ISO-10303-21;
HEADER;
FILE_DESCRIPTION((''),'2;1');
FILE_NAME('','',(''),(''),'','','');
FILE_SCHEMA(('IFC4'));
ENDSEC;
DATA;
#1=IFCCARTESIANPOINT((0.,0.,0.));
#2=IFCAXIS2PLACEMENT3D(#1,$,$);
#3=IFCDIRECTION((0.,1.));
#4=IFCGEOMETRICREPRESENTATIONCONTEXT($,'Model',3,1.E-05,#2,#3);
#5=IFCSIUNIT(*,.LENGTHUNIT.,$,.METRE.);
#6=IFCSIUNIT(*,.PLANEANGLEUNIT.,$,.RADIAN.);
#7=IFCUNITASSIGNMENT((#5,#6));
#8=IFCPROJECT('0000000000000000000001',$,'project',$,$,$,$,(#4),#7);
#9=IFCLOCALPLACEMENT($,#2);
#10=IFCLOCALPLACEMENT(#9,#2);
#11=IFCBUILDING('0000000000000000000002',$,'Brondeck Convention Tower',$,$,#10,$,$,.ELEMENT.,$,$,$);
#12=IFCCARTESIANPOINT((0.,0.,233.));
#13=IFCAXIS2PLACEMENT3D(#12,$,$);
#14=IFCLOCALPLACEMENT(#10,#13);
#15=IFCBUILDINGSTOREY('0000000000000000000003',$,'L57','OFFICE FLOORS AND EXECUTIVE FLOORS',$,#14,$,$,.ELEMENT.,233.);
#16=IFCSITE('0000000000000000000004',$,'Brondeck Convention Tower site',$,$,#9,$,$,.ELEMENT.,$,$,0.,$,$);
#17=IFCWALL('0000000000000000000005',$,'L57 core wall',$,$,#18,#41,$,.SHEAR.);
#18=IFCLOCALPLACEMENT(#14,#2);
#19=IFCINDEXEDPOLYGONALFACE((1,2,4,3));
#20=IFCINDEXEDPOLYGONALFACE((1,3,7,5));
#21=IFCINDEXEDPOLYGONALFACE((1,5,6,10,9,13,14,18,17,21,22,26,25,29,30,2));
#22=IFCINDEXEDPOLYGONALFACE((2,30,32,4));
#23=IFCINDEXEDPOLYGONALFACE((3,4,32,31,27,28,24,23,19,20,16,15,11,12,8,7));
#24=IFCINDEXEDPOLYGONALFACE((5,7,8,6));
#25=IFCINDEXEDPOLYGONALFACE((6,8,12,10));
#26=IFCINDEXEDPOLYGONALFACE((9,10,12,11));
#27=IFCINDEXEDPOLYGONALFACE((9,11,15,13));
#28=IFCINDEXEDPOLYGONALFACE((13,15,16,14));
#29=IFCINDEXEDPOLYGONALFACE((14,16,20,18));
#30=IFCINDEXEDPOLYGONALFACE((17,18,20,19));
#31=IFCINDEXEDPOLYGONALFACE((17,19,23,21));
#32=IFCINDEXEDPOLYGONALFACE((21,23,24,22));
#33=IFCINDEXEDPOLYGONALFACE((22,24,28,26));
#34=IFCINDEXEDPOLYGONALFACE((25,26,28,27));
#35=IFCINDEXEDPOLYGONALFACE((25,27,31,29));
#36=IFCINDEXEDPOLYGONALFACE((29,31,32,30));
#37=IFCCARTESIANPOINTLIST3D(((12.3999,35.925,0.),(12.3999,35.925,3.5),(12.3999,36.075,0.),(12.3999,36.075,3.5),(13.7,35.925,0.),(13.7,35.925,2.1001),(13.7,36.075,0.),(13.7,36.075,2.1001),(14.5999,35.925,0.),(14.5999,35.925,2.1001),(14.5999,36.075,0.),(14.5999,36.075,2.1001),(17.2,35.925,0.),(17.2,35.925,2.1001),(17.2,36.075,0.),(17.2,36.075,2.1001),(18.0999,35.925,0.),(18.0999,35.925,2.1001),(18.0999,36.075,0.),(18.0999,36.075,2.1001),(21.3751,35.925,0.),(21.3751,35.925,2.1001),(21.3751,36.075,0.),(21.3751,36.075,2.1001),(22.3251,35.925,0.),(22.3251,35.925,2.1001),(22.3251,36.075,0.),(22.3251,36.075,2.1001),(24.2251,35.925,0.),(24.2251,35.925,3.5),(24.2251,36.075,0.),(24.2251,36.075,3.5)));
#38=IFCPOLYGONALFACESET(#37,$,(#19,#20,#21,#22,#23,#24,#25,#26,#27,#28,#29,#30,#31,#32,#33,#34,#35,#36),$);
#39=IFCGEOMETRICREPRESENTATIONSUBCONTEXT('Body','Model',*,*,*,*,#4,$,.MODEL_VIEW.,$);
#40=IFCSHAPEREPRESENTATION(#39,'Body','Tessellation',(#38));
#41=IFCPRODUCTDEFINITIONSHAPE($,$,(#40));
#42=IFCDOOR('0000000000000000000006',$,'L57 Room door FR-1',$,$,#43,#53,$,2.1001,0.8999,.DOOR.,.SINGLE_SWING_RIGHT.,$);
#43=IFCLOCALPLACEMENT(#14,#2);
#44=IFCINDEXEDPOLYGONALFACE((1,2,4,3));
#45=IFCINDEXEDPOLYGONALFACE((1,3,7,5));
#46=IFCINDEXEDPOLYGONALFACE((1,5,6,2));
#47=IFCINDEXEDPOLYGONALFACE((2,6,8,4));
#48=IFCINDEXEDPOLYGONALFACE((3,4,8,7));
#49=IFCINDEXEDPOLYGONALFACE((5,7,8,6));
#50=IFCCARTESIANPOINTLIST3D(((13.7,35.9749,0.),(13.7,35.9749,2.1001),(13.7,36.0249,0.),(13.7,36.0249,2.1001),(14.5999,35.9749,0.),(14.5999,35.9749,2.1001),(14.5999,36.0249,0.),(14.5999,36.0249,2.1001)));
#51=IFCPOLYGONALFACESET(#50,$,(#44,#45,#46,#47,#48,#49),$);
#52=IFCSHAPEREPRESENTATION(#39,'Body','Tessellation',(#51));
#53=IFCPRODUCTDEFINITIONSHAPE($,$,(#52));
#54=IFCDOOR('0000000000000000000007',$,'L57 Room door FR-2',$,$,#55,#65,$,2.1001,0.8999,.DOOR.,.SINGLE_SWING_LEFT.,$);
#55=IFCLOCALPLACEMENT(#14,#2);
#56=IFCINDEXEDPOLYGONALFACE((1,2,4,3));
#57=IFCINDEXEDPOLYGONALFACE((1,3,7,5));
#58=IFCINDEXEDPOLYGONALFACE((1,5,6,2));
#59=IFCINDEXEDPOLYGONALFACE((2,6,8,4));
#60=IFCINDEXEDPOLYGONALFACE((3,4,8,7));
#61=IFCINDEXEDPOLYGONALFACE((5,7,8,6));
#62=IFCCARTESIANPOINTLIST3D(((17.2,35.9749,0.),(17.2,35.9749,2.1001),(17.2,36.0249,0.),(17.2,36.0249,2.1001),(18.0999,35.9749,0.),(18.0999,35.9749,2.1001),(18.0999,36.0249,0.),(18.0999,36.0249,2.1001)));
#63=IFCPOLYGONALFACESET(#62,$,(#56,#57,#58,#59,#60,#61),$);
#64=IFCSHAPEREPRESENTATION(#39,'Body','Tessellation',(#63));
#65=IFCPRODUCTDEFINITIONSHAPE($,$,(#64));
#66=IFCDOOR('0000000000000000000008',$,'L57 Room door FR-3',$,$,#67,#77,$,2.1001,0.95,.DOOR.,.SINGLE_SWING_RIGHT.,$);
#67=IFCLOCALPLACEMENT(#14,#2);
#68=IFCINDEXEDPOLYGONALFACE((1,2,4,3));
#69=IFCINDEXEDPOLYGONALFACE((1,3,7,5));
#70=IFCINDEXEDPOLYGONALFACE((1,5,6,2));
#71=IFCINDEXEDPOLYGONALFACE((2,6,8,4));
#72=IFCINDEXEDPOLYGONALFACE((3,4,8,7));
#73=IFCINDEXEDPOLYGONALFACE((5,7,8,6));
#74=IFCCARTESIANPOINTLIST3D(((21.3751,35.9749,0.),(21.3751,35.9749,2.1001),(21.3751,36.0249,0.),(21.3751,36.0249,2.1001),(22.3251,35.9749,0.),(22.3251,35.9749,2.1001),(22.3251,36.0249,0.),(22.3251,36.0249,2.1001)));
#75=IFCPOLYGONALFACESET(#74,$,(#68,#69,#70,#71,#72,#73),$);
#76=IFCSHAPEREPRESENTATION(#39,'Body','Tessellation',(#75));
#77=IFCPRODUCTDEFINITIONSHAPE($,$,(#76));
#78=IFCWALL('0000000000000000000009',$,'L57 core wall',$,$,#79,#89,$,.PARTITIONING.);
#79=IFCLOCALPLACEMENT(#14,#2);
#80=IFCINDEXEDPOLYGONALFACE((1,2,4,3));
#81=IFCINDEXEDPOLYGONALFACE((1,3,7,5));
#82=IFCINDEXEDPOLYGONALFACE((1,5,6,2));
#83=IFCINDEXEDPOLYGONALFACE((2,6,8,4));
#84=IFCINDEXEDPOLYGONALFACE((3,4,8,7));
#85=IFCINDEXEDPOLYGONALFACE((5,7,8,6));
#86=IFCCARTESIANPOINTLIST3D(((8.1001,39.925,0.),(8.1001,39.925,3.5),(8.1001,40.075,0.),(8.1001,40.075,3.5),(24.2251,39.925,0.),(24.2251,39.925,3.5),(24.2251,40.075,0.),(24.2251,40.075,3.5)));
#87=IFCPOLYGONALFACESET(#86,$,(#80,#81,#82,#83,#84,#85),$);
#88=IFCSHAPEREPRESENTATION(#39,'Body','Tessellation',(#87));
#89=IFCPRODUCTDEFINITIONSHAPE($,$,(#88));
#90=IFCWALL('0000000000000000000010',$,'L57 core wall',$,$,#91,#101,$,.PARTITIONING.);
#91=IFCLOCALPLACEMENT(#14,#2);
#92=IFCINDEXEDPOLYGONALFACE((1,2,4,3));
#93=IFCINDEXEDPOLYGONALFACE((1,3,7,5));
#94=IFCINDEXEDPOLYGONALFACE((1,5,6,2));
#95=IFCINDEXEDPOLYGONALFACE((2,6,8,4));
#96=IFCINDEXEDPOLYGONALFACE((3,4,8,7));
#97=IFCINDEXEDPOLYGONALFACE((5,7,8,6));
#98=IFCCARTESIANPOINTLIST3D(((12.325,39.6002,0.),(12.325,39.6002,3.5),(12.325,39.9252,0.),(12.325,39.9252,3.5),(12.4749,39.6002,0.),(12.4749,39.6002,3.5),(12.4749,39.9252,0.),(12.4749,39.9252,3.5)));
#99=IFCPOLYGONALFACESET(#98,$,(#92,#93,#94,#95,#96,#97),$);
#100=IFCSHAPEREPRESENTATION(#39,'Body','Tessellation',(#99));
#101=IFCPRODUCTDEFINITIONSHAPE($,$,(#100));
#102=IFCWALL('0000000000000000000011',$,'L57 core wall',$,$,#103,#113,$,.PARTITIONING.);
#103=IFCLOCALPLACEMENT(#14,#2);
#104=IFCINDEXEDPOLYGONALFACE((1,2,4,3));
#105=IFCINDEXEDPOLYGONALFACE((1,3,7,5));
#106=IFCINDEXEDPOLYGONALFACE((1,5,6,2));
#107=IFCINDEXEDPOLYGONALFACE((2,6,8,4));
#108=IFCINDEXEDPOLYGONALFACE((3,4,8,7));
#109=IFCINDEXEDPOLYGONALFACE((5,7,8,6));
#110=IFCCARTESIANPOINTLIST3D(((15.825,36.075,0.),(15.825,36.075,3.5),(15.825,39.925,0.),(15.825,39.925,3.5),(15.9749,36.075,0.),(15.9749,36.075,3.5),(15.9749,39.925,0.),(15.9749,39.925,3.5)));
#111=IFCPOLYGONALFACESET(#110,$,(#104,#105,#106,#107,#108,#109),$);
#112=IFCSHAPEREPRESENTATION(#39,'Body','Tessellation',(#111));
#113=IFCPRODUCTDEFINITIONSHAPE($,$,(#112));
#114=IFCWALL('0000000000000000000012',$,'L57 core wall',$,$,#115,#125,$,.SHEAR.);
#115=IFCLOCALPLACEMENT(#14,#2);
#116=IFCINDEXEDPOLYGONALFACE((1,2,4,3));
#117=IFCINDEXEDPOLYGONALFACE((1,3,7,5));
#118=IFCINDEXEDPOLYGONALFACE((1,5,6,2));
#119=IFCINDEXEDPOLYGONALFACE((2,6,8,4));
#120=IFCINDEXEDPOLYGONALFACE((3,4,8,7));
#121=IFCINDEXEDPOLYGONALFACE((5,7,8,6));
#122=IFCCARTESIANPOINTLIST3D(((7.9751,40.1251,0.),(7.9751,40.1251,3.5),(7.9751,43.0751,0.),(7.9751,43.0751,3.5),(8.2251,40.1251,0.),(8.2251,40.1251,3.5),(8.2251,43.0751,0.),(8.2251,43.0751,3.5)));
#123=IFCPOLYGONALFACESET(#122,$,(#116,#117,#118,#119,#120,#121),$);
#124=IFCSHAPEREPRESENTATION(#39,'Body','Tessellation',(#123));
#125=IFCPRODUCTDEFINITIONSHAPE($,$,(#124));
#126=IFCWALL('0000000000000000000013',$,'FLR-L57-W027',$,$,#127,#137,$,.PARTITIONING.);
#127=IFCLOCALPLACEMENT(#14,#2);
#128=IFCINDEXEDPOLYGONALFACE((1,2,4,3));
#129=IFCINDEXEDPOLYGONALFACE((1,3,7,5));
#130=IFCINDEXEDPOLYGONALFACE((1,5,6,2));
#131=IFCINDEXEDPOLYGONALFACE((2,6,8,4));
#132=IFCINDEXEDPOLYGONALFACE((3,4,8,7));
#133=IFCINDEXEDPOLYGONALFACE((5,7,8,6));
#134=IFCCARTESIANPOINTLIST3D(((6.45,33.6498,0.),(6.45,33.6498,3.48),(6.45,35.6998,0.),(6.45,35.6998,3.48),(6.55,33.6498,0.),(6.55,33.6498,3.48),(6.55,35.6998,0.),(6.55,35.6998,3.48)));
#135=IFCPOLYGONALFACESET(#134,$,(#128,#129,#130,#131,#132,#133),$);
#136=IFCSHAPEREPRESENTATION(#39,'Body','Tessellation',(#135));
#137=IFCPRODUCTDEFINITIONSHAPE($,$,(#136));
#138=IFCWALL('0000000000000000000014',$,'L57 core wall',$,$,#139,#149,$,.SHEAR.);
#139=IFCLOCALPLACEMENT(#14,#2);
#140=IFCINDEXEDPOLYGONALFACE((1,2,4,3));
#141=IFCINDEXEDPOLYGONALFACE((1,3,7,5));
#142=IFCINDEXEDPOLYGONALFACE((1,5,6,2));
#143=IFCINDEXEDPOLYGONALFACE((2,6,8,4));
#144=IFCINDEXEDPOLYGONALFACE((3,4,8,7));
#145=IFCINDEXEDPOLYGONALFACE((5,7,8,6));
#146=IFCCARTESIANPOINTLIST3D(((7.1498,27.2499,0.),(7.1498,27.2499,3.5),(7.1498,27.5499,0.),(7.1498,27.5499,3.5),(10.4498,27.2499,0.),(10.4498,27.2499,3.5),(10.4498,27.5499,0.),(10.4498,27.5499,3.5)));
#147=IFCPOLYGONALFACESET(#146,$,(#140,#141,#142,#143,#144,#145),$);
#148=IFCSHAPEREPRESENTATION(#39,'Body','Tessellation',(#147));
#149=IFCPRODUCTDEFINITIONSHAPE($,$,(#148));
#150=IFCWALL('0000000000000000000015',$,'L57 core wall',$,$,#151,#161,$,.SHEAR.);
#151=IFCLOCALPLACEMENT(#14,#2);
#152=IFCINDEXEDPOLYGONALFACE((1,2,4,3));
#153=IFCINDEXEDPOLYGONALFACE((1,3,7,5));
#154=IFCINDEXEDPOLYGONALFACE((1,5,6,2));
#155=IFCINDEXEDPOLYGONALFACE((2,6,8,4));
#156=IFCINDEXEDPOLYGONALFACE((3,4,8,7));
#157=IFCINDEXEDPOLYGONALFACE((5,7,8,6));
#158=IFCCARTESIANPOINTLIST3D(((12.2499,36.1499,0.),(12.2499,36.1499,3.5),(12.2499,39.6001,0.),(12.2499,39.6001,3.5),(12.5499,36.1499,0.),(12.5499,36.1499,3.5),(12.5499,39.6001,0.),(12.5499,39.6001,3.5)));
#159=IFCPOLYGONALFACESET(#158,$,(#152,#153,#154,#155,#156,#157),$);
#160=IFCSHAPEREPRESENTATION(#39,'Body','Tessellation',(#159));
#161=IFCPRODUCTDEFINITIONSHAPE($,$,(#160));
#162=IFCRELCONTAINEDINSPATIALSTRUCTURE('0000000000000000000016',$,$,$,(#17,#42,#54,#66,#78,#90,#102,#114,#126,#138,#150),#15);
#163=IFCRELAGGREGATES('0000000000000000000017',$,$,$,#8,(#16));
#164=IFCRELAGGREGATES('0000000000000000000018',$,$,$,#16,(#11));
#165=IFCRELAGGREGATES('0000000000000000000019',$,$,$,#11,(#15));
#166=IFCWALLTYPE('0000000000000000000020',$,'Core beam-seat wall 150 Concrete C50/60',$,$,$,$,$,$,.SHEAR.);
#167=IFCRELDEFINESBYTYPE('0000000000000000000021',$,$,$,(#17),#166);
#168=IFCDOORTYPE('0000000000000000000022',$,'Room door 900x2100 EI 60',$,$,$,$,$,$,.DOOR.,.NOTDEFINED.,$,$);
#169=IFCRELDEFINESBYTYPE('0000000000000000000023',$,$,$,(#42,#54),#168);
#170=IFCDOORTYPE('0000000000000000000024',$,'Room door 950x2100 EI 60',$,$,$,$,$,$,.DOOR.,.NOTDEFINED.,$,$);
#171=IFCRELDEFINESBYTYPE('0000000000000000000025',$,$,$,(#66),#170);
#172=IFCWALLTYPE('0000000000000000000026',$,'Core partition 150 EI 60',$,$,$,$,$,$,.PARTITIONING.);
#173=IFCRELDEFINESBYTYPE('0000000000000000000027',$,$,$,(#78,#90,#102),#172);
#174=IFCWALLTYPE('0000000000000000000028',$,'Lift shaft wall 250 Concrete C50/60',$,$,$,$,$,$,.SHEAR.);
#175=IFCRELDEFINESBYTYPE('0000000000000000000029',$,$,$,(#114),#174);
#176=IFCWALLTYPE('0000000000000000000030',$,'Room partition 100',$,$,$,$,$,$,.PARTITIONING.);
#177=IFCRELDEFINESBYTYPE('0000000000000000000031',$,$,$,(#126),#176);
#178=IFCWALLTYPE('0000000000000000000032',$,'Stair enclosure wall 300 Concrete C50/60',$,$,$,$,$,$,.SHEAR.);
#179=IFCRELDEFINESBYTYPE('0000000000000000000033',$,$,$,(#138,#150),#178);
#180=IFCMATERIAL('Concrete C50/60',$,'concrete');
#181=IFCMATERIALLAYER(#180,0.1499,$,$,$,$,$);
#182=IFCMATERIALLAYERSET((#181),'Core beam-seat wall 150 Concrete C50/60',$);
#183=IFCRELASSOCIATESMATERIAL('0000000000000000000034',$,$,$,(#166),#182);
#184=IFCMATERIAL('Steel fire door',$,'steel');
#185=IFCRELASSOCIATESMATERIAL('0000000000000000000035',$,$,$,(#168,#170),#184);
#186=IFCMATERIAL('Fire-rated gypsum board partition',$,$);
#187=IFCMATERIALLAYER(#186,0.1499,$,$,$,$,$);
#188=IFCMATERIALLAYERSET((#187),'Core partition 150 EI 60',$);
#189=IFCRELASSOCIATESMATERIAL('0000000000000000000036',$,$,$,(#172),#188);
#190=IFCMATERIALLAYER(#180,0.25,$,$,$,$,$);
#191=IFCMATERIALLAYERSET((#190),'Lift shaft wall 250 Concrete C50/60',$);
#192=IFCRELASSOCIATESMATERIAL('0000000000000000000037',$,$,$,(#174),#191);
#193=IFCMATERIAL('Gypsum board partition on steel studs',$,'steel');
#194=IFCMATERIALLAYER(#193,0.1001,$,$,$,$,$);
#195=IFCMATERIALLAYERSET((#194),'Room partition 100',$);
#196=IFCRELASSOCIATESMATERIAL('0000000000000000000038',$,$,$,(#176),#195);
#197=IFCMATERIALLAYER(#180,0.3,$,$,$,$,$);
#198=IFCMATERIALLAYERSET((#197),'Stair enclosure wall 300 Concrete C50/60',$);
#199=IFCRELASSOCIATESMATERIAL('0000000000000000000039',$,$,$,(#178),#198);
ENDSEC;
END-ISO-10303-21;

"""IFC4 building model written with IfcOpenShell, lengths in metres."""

from ifc_helpers import new_model, si_unit, direction, frame, frame_2d, origin, place, context, subcontext, project, spatial, rectangle, extrude, material, layer, layer_set, type_object, element, fill, save


model = new_model("IFC4")

# Units and contexts
model_context = context("Model", 3, precision=1e-05, world=origin(), true_north=direction((0.0, 1.0)))
body_context = subcontext(model_context, "Body", "Model", "MODEL_VIEW")
ifc_project = project(units=[si_unit("LENGTHUNIT", "METRE"), si_unit("PLANEANGLEUNIT", "RADIAN")], contexts=[model_context])

# Site, building, storey
site_placement = place(None, origin())
site = spatial("IfcSite", under=ifc_project, at=site_placement, Name="Brondeck Convention Tower site", CompositionType="ELEMENT", RefElevation=0.0)
building_placement = place(site_placement, origin())
building = spatial("IfcBuilding", under=site, at=building_placement, Name="Brondeck Convention Tower", CompositionType="ELEMENT")
storey_placement = place(building_placement, frame((0.0, 0.0, 233.0)))
storey = spatial("IfcBuildingStorey", under=building, at=storey_placement, Name="L57", Description="OFFICE FLOORS AND EXECUTIVE FLOORS", CompositionType="ELEMENT", Elevation=233.0)

# Shared definitions
ifc_material_1 = material(Name="Concrete C50/60", Category="concrete")

# Wall, openings, doors
ifc_layer_1 = layer(ifc_material_1, 0.1499)
ifc_layer_set_1 = layer_set([ifc_layer_1], Name="Core beam-seat wall 150 Concrete C50/60")
wall_type_1 = type_object("IfcWallType", Name="Core beam-seat wall 150 Concrete C50/60", PredefinedType="SHEAR", material=ifc_layer_set_1)
wall_1_placement = place(storey_placement, frame((12.3999, 36.0, 0.0), z_axis=(0.0, 0.0, 1.0), x_axis=(1.0, 0.0, 0.0)))
wall_1 = element("IfcWall", 1, at=wall_1_placement, inside=storey, type_object=wall_type_1, Name="L57 core wall", PredefinedType="SHEAR", context=body_context, shape_type="SweptSolid", body=[
    extrude(rectangle(XDim=11.8252, YDim=0.1499, at=frame_2d((5.9126, 0.0))), origin(), (0.0, 0.0, 1.0), 3.5),
])
opening_1_placement = place(wall_1_placement, frame((1.3, 0.0, 0.0)))
opening_1 = element("IfcOpeningElement", 2, at=opening_1_placement, cuts=wall_1, PredefinedType="OPENING", context=body_context, shape_type="SweptSolid", body=[
    extrude(rectangle(XDim=0.8999, YDim=2.1001, at=frame_2d((0.45, 1.05))), frame((0.0, 0.085, 0.0), z_axis=(0.0, -1.0, 0.0), x_axis=(1.0, 0.0, 0.0)), (0.0, 0.0, 1.0), 0.1699),
])
opening_2_placement = place(wall_1_placement, frame((4.8, 0.0, 0.0)))
opening_2 = element("IfcOpeningElement", 3, at=opening_2_placement, cuts=wall_1, PredefinedType="OPENING", context=body_context, shape_type="SweptSolid", body=[
    extrude(rectangle(XDim=0.8999, YDim=2.1001, at=frame_2d((0.45, 1.05))), frame((0.0, 0.085, 0.0), z_axis=(0.0, -1.0, 0.0), x_axis=(1.0, 0.0, 0.0)), (0.0, 0.0, 1.0), 0.1699),
])
opening_3_placement = place(wall_1_placement, frame((8.9751, 0.0, 0.0)))
opening_3 = element("IfcOpeningElement", 4, at=opening_3_placement, cuts=wall_1, PredefinedType="OPENING", context=body_context, shape_type="SweptSolid", body=[
    extrude(rectangle(XDim=0.95, YDim=2.1001, at=frame_2d((0.4751, 1.05))), frame((0.0, 0.085, 0.0), z_axis=(0.0, -1.0, 0.0), x_axis=(1.0, 0.0, 0.0)), (0.0, 0.0, 1.0), 0.1699),
])
ifc_material_2 = material(Name="Steel fire door", Category="steel")
door_type_1 = type_object("IfcDoorType", Name="Room door 900x2100 EI 60", OperationType="NOTDEFINED", PredefinedType="DOOR", material=ifc_material_2)
door_1_placement = place(opening_1_placement, origin())
door_1 = element("IfcDoor", 5, at=door_1_placement, inside=storey, type_object=door_type_1, Name="L57 Room door FR-1", OperationType="SINGLE_SWING_RIGHT", OverallHeight=2.1001, OverallWidth=0.8999, PredefinedType="DOOR", context=body_context, shape_type="SweptSolid", body=[
    extrude(rectangle(XDim=0.8999, YDim=2.1001, at=frame_2d((0.45, 1.05))), frame((0.0, 0.0249, 0.0), z_axis=(0.0, -1.0, 0.0), x_axis=(1.0, 0.0, 0.0)), (0.0, 0.0, 1.0), 0.05),
])
fill(opening_1, door_1)
door_2_placement = place(opening_2_placement, origin())
door_2 = element("IfcDoor", 6, at=door_2_placement, inside=storey, type_object=door_type_1, Name="L57 Room door FR-2", OperationType="SINGLE_SWING_LEFT", OverallHeight=2.1001, OverallWidth=0.8999, PredefinedType="DOOR", context=body_context, shape_type="SweptSolid", body=[
    extrude(rectangle(XDim=0.8999, YDim=2.1001, at=frame_2d((0.45, 1.05))), frame((0.0, 0.0249, 0.0), z_axis=(0.0, -1.0, 0.0), x_axis=(1.0, 0.0, 0.0)), (0.0, 0.0, 1.0), 0.05),
])
fill(opening_2, door_2)
door_type_2 = type_object("IfcDoorType", Name="Room door 950x2100 EI 60", OperationType="NOTDEFINED", PredefinedType="DOOR", material=ifc_material_2)
door_3_placement = place(opening_3_placement, origin())
door_3 = element("IfcDoor", 7, at=door_3_placement, inside=storey, type_object=door_type_2, Name="L57 Room door FR-3", OperationType="SINGLE_SWING_RIGHT", OverallHeight=2.1001, OverallWidth=0.95, PredefinedType="DOOR", context=body_context, shape_type="SweptSolid", body=[
    extrude(rectangle(XDim=0.95, YDim=2.1001, at=frame_2d((0.4751, 1.05))), frame((0.0, 0.0249, 0.0), z_axis=(0.0, -1.0, 0.0), x_axis=(1.0, 0.0, 0.0)), (0.0, 0.0, 1.0), 0.05),
])
fill(opening_3, door_3)

# Walls
ifc_material_3 = material(Name="Fire-rated gypsum board partition")
ifc_layer_2 = layer(ifc_material_3, 0.1499)
ifc_layer_set_2 = layer_set([ifc_layer_2], Name="Core partition 150 EI 60")
wall_type_2 = type_object("IfcWallType", Name="Core partition 150 EI 60", PredefinedType="PARTITIONING", material=ifc_layer_set_2)
wall_2_placement = place(storey_placement, frame((8.1001, 40.0, 0.0), z_axis=(0.0, 0.0, 1.0), x_axis=(1.0, 0.0, 0.0)))
element("IfcWall", 8, at=wall_2_placement, inside=storey, type_object=wall_type_2, Name="L57 core wall", PredefinedType="PARTITIONING", context=body_context, shape_type="SweptSolid", body=[
    extrude(rectangle(XDim=16.125, YDim=0.1499, at=frame_2d((8.0625, 0.0))), origin(), (0.0, 0.0, 1.0), 3.5),
])
wall_3_placement = place(storey_placement, frame((12.3999, 39.6001, 0.0), z_axis=(0.0, 0.0, 1.0), x_axis=(0.0, 1.0, 0.0)))
element("IfcWall", 9, at=wall_3_placement, inside=storey, type_object=wall_type_2, Name="L57 core wall", PredefinedType="PARTITIONING", context=body_context, shape_type="SweptSolid", body=[
    extrude(rectangle(XDim=0.325, YDim=0.1499, at=frame_2d((0.1626, 0.0))), origin(), (0.0, 0.0, 1.0), 3.5),
])
wall_4_placement = place(storey_placement, frame((15.8999, 36.075, 0.0), z_axis=(0.0, 0.0, 1.0), x_axis=(0.0, 1.0, 0.0)))
element("IfcWall", 10, at=wall_4_placement, inside=storey, type_object=wall_type_2, Name="L57 core wall", PredefinedType="PARTITIONING", context=body_context, shape_type="SweptSolid", body=[
    extrude(rectangle(XDim=3.8501, YDim=0.1499, at=frame_2d((1.925, 0.0))), origin(), (0.0, 0.0, 1.0), 3.5),
])
ifc_layer_3 = layer(ifc_material_1, 0.25)
ifc_layer_set_3 = layer_set([ifc_layer_3], Name="Lift shaft wall 250 Concrete C50/60")
wall_type_3 = type_object("IfcWallType", Name="Lift shaft wall 250 Concrete C50/60", PredefinedType="SHEAR", material=ifc_layer_set_3)
wall_5_placement = place(storey_placement, frame((8.1001, 40.125, 0.0), z_axis=(0.0, 0.0, 1.0), x_axis=(0.0, 1.0, 0.0)))
element("IfcWall", 11, at=wall_5_placement, inside=storey, type_object=wall_type_3, Name="L57 core wall", PredefinedType="SHEAR", context=body_context, shape_type="SweptSolid", body=[
    extrude(rectangle(XDim=2.95, YDim=0.25, at=frame_2d((1.4751, 0.0))), origin(), (0.0, 0.0, 1.0), 3.5),
])
ifc_material_4 = material(Name="Gypsum board partition on steel studs", Category="steel")
ifc_layer_4 = layer(ifc_material_4, 0.1001)
ifc_layer_set_4 = layer_set([ifc_layer_4], Name="Room partition 100")
wall_type_4 = type_object("IfcWallType", Name="Room partition 100", PredefinedType="PARTITIONING", material=ifc_layer_set_4)
wall_6_placement = place(storey_placement, frame((6.5, 33.6499, 0.0), z_axis=(0.0, 0.0, 1.0), x_axis=(0.0, 1.0, 0.0)))
element("IfcWall", 12, at=wall_6_placement, inside=storey, type_object=wall_type_4, Name="FLR-L57-W027", PredefinedType="PARTITIONING", context=body_context, shape_type="SweptSolid", body=[
    extrude(rectangle(XDim=2.05, YDim=0.1001, at=frame_2d((1.0249, 0.0))), origin(), (0.0, 0.0, 1.0), 3.48),
])
ifc_layer_5 = layer(ifc_material_1, 0.3)
ifc_layer_set_5 = layer_set([ifc_layer_5], Name="Stair enclosure wall 300 Concrete C50/60")
wall_type_5 = type_object("IfcWallType", Name="Stair enclosure wall 300 Concrete C50/60", PredefinedType="SHEAR", material=ifc_layer_set_5)
wall_7_placement = place(storey_placement, frame((7.1499, 27.3999, 0.0), z_axis=(0.0, 0.0, 1.0), x_axis=(1.0, 0.0, 0.0)))
element("IfcWall", 13, at=wall_7_placement, inside=storey, type_object=wall_type_5, Name="L57 core wall", PredefinedType="SHEAR", context=body_context, shape_type="SweptSolid", body=[
    extrude(rectangle(XDim=3.3, YDim=0.3, at=frame_2d((1.6499, 0.0))), origin(), (0.0, 0.0, 1.0), 3.5),
])
wall_8_placement = place(storey_placement, frame((12.3999, 36.1499, 0.0), z_axis=(0.0, 0.0, 1.0), x_axis=(0.0, 1.0, 0.0)))
element("IfcWall", 14, at=wall_8_placement, inside=storey, type_object=wall_type_5, Name="L57 core wall", PredefinedType="SHEAR", context=body_context, shape_type="SweptSolid", body=[
    extrude(rectangle(XDim=3.4502, YDim=0.3, at=frame_2d((1.7251, 0.0))), origin(), (0.0, 0.0, 1.0), 3.5),
])

save(model, "model.ifc")
